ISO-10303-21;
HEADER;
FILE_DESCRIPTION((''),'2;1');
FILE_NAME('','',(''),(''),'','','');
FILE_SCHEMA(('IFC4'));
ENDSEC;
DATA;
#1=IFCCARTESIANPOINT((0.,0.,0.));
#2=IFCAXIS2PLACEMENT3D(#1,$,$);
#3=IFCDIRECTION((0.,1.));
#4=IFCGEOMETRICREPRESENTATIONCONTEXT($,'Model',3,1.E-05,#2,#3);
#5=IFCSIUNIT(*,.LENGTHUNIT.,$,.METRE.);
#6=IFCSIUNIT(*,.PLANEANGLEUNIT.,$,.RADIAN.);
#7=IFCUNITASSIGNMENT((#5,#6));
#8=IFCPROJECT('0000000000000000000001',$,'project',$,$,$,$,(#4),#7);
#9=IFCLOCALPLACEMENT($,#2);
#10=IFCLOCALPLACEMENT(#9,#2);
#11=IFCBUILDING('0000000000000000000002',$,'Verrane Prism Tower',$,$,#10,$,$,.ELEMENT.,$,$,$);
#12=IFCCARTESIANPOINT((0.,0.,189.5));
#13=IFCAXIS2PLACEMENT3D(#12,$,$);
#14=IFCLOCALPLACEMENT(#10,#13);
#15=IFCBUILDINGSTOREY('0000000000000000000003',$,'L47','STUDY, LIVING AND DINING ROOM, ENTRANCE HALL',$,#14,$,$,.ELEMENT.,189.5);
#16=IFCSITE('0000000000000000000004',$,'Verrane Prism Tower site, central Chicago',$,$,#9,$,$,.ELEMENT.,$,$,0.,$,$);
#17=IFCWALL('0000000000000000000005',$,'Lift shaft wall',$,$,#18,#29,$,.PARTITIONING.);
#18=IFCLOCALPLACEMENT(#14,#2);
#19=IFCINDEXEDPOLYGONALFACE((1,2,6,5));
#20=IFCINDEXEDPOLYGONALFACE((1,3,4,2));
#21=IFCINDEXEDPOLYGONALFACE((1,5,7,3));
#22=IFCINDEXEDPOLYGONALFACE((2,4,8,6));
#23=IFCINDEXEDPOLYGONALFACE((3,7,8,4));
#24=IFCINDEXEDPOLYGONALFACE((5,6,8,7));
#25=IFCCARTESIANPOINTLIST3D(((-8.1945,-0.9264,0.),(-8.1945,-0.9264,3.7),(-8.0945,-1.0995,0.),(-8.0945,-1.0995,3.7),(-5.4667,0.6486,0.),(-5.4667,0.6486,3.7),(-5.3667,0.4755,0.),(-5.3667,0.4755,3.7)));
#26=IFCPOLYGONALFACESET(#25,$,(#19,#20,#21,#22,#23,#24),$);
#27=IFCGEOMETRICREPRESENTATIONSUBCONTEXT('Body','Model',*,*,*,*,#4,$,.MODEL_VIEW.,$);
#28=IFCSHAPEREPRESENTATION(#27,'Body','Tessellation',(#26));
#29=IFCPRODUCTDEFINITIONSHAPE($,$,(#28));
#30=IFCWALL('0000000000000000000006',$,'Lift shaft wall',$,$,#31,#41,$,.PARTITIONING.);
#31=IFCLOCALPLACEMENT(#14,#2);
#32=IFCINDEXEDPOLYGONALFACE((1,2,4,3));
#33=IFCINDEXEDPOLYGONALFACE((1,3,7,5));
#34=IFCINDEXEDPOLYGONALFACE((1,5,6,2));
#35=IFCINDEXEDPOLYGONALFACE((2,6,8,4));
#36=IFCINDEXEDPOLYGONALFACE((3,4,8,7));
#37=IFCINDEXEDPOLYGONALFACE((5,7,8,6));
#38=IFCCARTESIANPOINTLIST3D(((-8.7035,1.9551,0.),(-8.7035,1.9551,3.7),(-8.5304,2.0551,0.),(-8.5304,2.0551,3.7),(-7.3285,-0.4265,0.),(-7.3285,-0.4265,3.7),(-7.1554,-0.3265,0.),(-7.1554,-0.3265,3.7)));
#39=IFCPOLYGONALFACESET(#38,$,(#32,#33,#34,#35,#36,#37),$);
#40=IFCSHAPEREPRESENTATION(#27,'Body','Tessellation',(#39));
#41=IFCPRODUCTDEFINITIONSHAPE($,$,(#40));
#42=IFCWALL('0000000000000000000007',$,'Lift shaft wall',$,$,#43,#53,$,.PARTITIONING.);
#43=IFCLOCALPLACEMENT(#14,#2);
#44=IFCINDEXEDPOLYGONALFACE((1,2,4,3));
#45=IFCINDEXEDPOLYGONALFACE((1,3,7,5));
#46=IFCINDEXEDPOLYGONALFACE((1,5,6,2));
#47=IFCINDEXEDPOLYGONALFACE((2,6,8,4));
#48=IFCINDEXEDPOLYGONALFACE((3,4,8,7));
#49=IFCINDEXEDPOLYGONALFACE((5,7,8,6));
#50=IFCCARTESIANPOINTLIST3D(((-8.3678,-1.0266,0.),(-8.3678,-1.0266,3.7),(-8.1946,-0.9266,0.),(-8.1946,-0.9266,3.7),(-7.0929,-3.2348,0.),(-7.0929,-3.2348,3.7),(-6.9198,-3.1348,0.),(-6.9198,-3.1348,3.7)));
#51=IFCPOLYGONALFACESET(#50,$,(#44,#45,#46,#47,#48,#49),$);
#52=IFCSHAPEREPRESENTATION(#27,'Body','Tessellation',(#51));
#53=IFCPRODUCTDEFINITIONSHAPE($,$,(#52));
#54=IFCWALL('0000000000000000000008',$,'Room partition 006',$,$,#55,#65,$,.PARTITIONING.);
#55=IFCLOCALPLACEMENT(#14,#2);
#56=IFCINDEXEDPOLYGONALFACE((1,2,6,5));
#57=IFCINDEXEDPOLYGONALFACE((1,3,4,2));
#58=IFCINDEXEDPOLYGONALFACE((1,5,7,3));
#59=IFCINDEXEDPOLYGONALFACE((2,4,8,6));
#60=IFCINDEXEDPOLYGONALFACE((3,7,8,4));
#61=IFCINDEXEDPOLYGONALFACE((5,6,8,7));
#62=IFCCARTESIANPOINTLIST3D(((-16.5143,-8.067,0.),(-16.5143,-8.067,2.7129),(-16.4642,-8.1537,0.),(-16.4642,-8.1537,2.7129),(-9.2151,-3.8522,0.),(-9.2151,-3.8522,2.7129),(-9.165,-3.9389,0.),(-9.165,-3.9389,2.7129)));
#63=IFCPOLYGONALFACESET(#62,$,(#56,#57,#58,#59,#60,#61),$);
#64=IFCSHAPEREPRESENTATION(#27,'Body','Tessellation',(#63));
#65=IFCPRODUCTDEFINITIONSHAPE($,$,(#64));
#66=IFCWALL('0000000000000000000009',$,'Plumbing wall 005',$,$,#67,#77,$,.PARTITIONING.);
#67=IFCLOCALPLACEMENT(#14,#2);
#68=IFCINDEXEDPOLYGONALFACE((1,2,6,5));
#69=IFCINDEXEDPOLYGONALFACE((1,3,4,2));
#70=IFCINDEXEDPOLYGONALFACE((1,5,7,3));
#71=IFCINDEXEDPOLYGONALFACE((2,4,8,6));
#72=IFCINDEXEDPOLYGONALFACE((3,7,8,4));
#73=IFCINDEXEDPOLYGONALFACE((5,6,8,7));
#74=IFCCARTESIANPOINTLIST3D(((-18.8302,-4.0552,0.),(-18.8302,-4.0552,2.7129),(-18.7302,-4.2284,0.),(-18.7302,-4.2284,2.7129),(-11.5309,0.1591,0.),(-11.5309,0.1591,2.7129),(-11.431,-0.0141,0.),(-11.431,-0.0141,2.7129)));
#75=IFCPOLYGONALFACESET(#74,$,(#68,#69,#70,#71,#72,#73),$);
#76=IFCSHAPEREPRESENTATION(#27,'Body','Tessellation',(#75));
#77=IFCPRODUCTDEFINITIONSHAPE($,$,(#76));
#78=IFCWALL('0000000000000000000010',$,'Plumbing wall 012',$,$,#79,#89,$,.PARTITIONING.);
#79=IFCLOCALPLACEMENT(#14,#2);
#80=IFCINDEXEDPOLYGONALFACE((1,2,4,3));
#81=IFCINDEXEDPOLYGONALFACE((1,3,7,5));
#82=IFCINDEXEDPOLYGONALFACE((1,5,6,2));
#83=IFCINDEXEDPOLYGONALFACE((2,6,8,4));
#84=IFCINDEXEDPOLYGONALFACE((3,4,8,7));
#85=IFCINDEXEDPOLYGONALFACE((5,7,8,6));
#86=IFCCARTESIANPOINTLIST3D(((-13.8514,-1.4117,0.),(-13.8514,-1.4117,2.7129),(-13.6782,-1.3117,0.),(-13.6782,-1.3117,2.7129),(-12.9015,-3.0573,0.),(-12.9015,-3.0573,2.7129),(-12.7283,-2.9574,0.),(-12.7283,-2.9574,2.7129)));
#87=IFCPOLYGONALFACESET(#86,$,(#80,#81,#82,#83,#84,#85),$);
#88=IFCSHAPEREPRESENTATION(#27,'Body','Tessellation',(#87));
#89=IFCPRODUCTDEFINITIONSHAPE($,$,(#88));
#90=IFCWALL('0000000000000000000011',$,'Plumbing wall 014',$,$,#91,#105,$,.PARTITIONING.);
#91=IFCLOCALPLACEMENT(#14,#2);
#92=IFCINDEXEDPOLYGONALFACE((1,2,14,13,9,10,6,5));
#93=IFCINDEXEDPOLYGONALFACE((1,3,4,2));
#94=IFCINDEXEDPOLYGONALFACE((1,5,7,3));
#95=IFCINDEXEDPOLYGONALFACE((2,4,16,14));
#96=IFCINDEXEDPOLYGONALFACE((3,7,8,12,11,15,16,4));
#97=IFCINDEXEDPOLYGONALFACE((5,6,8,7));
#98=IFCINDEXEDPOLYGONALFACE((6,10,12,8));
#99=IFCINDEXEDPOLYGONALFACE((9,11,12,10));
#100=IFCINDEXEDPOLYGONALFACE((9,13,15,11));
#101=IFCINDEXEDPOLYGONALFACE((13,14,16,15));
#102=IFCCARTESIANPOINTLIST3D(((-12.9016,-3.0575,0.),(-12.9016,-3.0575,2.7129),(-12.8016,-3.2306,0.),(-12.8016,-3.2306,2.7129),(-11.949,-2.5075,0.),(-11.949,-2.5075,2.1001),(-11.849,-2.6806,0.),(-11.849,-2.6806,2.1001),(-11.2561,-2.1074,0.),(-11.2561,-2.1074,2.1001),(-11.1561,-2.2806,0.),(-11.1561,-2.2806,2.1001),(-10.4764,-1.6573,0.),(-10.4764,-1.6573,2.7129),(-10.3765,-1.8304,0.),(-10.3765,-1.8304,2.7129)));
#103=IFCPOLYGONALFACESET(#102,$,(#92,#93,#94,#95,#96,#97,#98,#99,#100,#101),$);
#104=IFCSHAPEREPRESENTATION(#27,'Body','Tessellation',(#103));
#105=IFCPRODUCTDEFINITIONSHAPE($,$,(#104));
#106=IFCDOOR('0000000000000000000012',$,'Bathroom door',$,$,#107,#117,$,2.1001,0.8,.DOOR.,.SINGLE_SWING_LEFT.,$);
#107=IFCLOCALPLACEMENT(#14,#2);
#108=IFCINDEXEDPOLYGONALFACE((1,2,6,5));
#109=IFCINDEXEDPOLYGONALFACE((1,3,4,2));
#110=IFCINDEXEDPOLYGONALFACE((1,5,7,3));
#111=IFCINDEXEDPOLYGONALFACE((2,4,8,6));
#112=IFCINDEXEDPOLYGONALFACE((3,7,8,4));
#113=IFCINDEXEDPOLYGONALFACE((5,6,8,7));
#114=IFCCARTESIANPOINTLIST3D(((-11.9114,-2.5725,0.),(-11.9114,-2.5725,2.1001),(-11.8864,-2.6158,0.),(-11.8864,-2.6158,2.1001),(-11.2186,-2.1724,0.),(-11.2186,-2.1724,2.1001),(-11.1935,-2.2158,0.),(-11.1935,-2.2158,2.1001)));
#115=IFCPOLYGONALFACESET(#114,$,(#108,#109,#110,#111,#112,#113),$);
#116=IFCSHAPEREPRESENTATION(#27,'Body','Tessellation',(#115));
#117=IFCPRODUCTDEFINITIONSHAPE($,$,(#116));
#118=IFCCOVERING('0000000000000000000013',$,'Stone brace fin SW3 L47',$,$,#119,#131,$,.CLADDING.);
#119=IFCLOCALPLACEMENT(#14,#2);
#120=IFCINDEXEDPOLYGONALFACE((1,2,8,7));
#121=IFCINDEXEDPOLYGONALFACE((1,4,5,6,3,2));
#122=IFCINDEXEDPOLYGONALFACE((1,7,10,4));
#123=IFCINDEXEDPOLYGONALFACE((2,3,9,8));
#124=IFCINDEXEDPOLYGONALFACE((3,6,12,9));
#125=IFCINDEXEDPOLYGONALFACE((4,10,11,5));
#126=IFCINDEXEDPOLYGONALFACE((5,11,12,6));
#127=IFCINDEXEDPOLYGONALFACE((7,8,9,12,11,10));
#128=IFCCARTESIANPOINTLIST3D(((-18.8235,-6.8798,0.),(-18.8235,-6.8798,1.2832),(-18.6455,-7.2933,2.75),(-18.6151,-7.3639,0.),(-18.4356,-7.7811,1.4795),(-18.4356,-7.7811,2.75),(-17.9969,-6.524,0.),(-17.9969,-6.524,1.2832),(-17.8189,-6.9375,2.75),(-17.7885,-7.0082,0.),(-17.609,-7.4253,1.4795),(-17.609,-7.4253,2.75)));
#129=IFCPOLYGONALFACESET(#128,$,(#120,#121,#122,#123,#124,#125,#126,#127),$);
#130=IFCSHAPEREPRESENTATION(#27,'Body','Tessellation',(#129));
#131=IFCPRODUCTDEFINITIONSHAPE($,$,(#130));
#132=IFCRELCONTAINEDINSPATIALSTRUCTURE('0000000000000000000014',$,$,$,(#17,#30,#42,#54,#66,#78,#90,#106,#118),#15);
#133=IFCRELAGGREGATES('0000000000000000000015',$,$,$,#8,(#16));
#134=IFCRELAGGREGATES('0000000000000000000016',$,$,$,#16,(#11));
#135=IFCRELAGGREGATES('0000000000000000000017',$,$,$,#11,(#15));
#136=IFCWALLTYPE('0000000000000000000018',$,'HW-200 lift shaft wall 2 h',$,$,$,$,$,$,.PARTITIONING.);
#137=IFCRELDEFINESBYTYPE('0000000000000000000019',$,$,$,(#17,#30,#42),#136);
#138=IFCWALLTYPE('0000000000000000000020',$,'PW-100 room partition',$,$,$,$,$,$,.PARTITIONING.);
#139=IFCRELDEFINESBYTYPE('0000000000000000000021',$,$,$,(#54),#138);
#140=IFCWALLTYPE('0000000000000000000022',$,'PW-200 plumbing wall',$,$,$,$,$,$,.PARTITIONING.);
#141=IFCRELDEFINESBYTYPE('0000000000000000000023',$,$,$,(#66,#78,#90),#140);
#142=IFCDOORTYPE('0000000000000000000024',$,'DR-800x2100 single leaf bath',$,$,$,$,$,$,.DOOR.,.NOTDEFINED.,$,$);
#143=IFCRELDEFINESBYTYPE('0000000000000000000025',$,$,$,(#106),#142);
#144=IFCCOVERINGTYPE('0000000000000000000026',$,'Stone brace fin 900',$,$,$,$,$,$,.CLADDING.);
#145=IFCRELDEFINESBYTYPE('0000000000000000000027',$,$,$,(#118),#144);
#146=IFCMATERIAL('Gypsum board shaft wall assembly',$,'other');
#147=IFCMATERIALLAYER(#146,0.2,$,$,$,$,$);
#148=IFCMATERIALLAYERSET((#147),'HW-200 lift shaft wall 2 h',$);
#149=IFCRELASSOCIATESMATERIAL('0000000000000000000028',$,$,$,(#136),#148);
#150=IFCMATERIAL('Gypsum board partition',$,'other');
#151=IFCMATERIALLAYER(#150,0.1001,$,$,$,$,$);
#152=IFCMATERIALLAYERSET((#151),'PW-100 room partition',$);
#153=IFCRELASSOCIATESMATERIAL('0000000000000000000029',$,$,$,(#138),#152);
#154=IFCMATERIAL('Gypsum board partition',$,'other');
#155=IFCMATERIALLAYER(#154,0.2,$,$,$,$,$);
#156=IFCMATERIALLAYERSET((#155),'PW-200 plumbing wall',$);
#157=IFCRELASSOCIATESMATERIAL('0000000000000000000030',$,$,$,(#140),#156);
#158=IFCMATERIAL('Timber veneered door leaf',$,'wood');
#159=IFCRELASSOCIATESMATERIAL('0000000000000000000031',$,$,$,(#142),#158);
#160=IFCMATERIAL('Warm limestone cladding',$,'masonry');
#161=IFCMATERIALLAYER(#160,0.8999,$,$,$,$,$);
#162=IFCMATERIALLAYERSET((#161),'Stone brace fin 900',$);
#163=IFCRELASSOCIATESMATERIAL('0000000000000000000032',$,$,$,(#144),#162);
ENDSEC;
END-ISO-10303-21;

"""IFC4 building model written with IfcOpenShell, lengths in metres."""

from ifc_helpers import new_model, si_unit, direction, frame, frame_2d, origin, place, context, subcontext, project, spatial, polyline, rectangle, outline, extrude, material, layer, layer_set, type_object, element, fill, save


model = new_model("IFC4")

# Units and contexts
model_context = context("Model", 3, precision=1e-05, world=origin(), true_north=direction((0.0, 1.0)))
body_context = subcontext(model_context, "Body", "Model", "MODEL_VIEW")
ifc_project = project(units=[si_unit("LENGTHUNIT", "METRE"), si_unit("PLANEANGLEUNIT", "RADIAN")], contexts=[model_context])

# Site, building, storey
site_placement = place(None, origin())
site = spatial("IfcSite", under=ifc_project, at=site_placement, Name="Verrane Prism Tower site, central Chicago", CompositionType="ELEMENT", RefElevation=0.0)
building_placement = place(site_placement, origin())
building = spatial("IfcBuilding", under=site, at=building_placement, Name="Verrane Prism Tower", CompositionType="ELEMENT")
storey_placement = place(building_placement, frame((0.0, 0.0, 189.5)))
storey = spatial("IfcBuildingStorey", under=building, at=storey_placement, Name="L47", Description="STUDY, LIVING AND DINING ROOM, ENTRANCE HALL", CompositionType="ELEMENT", Elevation=189.5)

# Walls
ifc_material_1 = material(Name="Gypsum board shaft wall assembly", Category="other")
ifc_layer_1 = layer(ifc_material_1, 0.2)
ifc_layer_set_1 = layer_set([ifc_layer_1], Name="HW-200 lift shaft wall 2 h")
wall_type_1 = type_object("IfcWallType", Name="HW-200 lift shaft wall 2 h", PredefinedType="PARTITIONING", material=ifc_layer_set_1)
wall_1_placement = place(storey_placement, frame((-8.1445, -1.0129, 0.0), z_axis=(0.0, 0.0, 1.0), x_axis=(0.866016, 0.500015, 0.0)))
element("IfcWall", 1, at=wall_1_placement, inside=storey, type_object=wall_type_1, Name="Lift shaft wall", PredefinedType="PARTITIONING", context=body_context, shape_type="SweptSolid", body=[
    extrude(rectangle(XDim=3.1499, YDim=0.2, at=frame_2d((1.575, 0.0))), origin(), (0.0, 0.0, 1.0), 3.7),
])
wall_2_placement = place(storey_placement, frame((-7.2419, -0.3765, 0.0), z_axis=(0.0, 0.0, 1.0), x_axis=(-0.499997, 0.866027, 0.0)))
element("IfcWall", 2, at=wall_2_placement, inside=storey, type_object=wall_type_1, Name="Lift shaft wall", PredefinedType="PARTITIONING", context=body_context, shape_type="SweptSolid", body=[
    extrude(rectangle(XDim=2.75, YDim=0.2, at=frame_2d((1.375, 0.0))), origin(), (0.0, 0.0, 1.0), 3.7),
])
wall_3_placement = place(storey_placement, frame((-7.0063, -3.1848, 0.0), z_axis=(0.0, 0.0, 1.0), x_axis=(-0.49999, 0.866031, 0.0)))
element("IfcWall", 3, at=wall_3_placement, inside=storey, type_object=wall_type_1, Name="Lift shaft wall", PredefinedType="PARTITIONING", context=body_context, shape_type="SweptSolid", body=[
    extrude(rectangle(XDim=2.5498, YDim=0.2, at=frame_2d((1.2749, 0.0))), origin(), (0.0, 0.0, 1.0), 3.7),
])
ifc_material_2 = material(Name="Gypsum board partition", Category="other")
ifc_layer_2 = layer(ifc_material_2, 0.1001)
ifc_layer_set_2 = layer_set([ifc_layer_2], Name="PW-100 room partition")
wall_type_2 = type_object("IfcWallType", Name="PW-100 room partition", PredefinedType="PARTITIONING", material=ifc_layer_set_2)
wall_4_placement = place(storey_placement, frame((-16.4893, -8.1104, 0.0), z_axis=(0.0, 0.0, 1.0), x_axis=(0.865996, 0.500052, 0.0)))
element("IfcWall", 4, at=wall_4_placement, inside=storey, type_object=wall_type_2, Name="Room partition 006", PredefinedType="PARTITIONING", context=body_context, shape_type="SweptSolid", body=[
    extrude(rectangle(XDim=8.4287, YDim=0.1001, at=frame_2d((4.2144, 0.0))), origin(), (0.0, 0.0, 1.0), 2.7129),
])
ifc_material_3 = material(Name="Gypsum board partition", Category="other")
ifc_layer_3 = layer(ifc_material_3, 0.2)
ifc_layer_set_3 = layer_set([ifc_layer_3], Name="PW-200 plumbing wall")
wall_type_3 = type_object("IfcWallType", Name="PW-200 plumbing wall", PredefinedType="PARTITIONING", material=ifc_layer_set_3)
wall_5_placement = place(storey_placement, frame((-18.7803, -4.1418, 0.0), z_axis=(0.0, 0.0, 1.0), x_axis=(0.866021, 0.500008, 0.0)))
element("IfcWall", 5, at=wall_5_placement, inside=storey, type_object=wall_type_3, Name="Plumbing wall 005", PredefinedType="PARTITIONING", context=body_context, shape_type="SweptSolid", body=[
    extrude(rectangle(XDim=8.4285, YDim=0.2, at=frame_2d((4.2144, 0.0))), origin(), (0.0, 0.0, 1.0), 2.7129),
])
wall_6_placement = place(storey_placement, frame((-13.7649, -1.3616, 0.0), z_axis=(0.0, 0.0, 1.0), x_axis=(0.499912, -0.866076, 0.0)))
element("IfcWall", 6, at=wall_6_placement, inside=storey, type_object=wall_type_3, Name="Plumbing wall 012", PredefinedType="PARTITIONING", context=body_context, shape_type="SweptSolid", body=[
    extrude(rectangle(XDim=1.9001, YDim=0.2, at=frame_2d((0.9502, 0.0))), origin(), (0.0, 0.0, 1.0), 2.7129),
])

# Wall, opening, door
wall_7_placement = place(storey_placement, frame((-12.8516, -3.144, 0.0), z_axis=(0.0, 0.0, 1.0), x_axis=(0.866019, 0.500012, 0.0)))
wall_7 = element("IfcWall", 7, at=wall_7_placement, inside=storey, type_object=wall_type_3, Name="Plumbing wall 014", PredefinedType="PARTITIONING", context=body_context, shape_type="SweptSolid", body=[
    extrude(rectangle(XDim=2.8003, YDim=0.2, at=frame_2d((1.4001, 0.0))), origin(), (0.0, 0.0, 1.0), 2.7129),
])
opening_placement = place(wall_7_placement, frame((1.1001, 0.0, 0.0)))
opening = element("IfcOpeningElement", 8, at=opening_placement, cuts=wall_7, PredefinedType="OPENING", context=body_context, shape_type="SweptSolid", body=[
    extrude(rectangle(XDim=0.8, YDim=2.1001, at=frame_2d((0.3999, 1.05))), frame((0.0, 0.1099, 0.0), z_axis=(0.0, -1.0, 0.0), x_axis=(1.0, 0.0, 0.0)), (0.0, 0.0, 1.0), 0.22),
])
ifc_material_4 = material(Name="Timber veneered door leaf", Category="wood")
door_type = type_object("IfcDoorType", Name="DR-800x2100 single leaf bath", OperationType="NOTDEFINED", PredefinedType="DOOR", material=ifc_material_4)
door_placement = place(opening_placement, origin())
door = element("IfcDoor", 9, at=door_placement, inside=storey, type_object=door_type, Name="Bathroom door", OperationType="SINGLE_SWING_LEFT", OverallHeight=2.1001, OverallWidth=0.8, PredefinedType="DOOR", context=body_context, shape_type="SweptSolid", body=[
    extrude(rectangle(XDim=0.8, YDim=2.1001, at=frame_2d((0.3999, 1.05))), frame((0.0, 0.0249, 0.0), z_axis=(0.0, -1.0, 0.0), x_axis=(1.0, 0.0, 0.0)), (0.0, 0.0, 1.0), 0.05),
])
fill(opening, door)

# Covering
ifc_material_5 = material(Name="Warm limestone cladding", Category="masonry")
ifc_layer_4 = layer(ifc_material_5, 0.8999)
ifc_layer_set_4 = layer_set([ifc_layer_4], Name="Stone brace fin 900")
covering_type = type_object("IfcCoveringType", Name="Stone brace fin 900", PredefinedType="CLADDING", material=ifc_layer_set_4)
covering_placement = place(storey_placement, frame((-18.4102, -6.7019, 0.0), z_axis=(0.0, 0.0, 1.0), x_axis=(0.39533, -0.918539, 0.0)))
element("IfcCovering", 10, at=covering_placement, inside=storey, type_object=covering_type, Name="Stone brace fin SW3 L47", PredefinedType="CLADDING", context=body_context, shape_type="SweptSolid", body=[
    extrude(outline(polyline([(0.9812, 2.75), (0.4502, 2.75), (0.0, 1.2832), (0.0, 0.0), (0.5271, 0.0), (0.9812, 1.4795), (0.9812, 2.75)])), frame((0.0, 0.45, 0.0), z_axis=(0.0, -1.0, 0.0), x_axis=(1.0, 0.0, 0.0)), (0.0, 0.0, 1.0), 0.8999),
])

save(model, "model.ifc")
